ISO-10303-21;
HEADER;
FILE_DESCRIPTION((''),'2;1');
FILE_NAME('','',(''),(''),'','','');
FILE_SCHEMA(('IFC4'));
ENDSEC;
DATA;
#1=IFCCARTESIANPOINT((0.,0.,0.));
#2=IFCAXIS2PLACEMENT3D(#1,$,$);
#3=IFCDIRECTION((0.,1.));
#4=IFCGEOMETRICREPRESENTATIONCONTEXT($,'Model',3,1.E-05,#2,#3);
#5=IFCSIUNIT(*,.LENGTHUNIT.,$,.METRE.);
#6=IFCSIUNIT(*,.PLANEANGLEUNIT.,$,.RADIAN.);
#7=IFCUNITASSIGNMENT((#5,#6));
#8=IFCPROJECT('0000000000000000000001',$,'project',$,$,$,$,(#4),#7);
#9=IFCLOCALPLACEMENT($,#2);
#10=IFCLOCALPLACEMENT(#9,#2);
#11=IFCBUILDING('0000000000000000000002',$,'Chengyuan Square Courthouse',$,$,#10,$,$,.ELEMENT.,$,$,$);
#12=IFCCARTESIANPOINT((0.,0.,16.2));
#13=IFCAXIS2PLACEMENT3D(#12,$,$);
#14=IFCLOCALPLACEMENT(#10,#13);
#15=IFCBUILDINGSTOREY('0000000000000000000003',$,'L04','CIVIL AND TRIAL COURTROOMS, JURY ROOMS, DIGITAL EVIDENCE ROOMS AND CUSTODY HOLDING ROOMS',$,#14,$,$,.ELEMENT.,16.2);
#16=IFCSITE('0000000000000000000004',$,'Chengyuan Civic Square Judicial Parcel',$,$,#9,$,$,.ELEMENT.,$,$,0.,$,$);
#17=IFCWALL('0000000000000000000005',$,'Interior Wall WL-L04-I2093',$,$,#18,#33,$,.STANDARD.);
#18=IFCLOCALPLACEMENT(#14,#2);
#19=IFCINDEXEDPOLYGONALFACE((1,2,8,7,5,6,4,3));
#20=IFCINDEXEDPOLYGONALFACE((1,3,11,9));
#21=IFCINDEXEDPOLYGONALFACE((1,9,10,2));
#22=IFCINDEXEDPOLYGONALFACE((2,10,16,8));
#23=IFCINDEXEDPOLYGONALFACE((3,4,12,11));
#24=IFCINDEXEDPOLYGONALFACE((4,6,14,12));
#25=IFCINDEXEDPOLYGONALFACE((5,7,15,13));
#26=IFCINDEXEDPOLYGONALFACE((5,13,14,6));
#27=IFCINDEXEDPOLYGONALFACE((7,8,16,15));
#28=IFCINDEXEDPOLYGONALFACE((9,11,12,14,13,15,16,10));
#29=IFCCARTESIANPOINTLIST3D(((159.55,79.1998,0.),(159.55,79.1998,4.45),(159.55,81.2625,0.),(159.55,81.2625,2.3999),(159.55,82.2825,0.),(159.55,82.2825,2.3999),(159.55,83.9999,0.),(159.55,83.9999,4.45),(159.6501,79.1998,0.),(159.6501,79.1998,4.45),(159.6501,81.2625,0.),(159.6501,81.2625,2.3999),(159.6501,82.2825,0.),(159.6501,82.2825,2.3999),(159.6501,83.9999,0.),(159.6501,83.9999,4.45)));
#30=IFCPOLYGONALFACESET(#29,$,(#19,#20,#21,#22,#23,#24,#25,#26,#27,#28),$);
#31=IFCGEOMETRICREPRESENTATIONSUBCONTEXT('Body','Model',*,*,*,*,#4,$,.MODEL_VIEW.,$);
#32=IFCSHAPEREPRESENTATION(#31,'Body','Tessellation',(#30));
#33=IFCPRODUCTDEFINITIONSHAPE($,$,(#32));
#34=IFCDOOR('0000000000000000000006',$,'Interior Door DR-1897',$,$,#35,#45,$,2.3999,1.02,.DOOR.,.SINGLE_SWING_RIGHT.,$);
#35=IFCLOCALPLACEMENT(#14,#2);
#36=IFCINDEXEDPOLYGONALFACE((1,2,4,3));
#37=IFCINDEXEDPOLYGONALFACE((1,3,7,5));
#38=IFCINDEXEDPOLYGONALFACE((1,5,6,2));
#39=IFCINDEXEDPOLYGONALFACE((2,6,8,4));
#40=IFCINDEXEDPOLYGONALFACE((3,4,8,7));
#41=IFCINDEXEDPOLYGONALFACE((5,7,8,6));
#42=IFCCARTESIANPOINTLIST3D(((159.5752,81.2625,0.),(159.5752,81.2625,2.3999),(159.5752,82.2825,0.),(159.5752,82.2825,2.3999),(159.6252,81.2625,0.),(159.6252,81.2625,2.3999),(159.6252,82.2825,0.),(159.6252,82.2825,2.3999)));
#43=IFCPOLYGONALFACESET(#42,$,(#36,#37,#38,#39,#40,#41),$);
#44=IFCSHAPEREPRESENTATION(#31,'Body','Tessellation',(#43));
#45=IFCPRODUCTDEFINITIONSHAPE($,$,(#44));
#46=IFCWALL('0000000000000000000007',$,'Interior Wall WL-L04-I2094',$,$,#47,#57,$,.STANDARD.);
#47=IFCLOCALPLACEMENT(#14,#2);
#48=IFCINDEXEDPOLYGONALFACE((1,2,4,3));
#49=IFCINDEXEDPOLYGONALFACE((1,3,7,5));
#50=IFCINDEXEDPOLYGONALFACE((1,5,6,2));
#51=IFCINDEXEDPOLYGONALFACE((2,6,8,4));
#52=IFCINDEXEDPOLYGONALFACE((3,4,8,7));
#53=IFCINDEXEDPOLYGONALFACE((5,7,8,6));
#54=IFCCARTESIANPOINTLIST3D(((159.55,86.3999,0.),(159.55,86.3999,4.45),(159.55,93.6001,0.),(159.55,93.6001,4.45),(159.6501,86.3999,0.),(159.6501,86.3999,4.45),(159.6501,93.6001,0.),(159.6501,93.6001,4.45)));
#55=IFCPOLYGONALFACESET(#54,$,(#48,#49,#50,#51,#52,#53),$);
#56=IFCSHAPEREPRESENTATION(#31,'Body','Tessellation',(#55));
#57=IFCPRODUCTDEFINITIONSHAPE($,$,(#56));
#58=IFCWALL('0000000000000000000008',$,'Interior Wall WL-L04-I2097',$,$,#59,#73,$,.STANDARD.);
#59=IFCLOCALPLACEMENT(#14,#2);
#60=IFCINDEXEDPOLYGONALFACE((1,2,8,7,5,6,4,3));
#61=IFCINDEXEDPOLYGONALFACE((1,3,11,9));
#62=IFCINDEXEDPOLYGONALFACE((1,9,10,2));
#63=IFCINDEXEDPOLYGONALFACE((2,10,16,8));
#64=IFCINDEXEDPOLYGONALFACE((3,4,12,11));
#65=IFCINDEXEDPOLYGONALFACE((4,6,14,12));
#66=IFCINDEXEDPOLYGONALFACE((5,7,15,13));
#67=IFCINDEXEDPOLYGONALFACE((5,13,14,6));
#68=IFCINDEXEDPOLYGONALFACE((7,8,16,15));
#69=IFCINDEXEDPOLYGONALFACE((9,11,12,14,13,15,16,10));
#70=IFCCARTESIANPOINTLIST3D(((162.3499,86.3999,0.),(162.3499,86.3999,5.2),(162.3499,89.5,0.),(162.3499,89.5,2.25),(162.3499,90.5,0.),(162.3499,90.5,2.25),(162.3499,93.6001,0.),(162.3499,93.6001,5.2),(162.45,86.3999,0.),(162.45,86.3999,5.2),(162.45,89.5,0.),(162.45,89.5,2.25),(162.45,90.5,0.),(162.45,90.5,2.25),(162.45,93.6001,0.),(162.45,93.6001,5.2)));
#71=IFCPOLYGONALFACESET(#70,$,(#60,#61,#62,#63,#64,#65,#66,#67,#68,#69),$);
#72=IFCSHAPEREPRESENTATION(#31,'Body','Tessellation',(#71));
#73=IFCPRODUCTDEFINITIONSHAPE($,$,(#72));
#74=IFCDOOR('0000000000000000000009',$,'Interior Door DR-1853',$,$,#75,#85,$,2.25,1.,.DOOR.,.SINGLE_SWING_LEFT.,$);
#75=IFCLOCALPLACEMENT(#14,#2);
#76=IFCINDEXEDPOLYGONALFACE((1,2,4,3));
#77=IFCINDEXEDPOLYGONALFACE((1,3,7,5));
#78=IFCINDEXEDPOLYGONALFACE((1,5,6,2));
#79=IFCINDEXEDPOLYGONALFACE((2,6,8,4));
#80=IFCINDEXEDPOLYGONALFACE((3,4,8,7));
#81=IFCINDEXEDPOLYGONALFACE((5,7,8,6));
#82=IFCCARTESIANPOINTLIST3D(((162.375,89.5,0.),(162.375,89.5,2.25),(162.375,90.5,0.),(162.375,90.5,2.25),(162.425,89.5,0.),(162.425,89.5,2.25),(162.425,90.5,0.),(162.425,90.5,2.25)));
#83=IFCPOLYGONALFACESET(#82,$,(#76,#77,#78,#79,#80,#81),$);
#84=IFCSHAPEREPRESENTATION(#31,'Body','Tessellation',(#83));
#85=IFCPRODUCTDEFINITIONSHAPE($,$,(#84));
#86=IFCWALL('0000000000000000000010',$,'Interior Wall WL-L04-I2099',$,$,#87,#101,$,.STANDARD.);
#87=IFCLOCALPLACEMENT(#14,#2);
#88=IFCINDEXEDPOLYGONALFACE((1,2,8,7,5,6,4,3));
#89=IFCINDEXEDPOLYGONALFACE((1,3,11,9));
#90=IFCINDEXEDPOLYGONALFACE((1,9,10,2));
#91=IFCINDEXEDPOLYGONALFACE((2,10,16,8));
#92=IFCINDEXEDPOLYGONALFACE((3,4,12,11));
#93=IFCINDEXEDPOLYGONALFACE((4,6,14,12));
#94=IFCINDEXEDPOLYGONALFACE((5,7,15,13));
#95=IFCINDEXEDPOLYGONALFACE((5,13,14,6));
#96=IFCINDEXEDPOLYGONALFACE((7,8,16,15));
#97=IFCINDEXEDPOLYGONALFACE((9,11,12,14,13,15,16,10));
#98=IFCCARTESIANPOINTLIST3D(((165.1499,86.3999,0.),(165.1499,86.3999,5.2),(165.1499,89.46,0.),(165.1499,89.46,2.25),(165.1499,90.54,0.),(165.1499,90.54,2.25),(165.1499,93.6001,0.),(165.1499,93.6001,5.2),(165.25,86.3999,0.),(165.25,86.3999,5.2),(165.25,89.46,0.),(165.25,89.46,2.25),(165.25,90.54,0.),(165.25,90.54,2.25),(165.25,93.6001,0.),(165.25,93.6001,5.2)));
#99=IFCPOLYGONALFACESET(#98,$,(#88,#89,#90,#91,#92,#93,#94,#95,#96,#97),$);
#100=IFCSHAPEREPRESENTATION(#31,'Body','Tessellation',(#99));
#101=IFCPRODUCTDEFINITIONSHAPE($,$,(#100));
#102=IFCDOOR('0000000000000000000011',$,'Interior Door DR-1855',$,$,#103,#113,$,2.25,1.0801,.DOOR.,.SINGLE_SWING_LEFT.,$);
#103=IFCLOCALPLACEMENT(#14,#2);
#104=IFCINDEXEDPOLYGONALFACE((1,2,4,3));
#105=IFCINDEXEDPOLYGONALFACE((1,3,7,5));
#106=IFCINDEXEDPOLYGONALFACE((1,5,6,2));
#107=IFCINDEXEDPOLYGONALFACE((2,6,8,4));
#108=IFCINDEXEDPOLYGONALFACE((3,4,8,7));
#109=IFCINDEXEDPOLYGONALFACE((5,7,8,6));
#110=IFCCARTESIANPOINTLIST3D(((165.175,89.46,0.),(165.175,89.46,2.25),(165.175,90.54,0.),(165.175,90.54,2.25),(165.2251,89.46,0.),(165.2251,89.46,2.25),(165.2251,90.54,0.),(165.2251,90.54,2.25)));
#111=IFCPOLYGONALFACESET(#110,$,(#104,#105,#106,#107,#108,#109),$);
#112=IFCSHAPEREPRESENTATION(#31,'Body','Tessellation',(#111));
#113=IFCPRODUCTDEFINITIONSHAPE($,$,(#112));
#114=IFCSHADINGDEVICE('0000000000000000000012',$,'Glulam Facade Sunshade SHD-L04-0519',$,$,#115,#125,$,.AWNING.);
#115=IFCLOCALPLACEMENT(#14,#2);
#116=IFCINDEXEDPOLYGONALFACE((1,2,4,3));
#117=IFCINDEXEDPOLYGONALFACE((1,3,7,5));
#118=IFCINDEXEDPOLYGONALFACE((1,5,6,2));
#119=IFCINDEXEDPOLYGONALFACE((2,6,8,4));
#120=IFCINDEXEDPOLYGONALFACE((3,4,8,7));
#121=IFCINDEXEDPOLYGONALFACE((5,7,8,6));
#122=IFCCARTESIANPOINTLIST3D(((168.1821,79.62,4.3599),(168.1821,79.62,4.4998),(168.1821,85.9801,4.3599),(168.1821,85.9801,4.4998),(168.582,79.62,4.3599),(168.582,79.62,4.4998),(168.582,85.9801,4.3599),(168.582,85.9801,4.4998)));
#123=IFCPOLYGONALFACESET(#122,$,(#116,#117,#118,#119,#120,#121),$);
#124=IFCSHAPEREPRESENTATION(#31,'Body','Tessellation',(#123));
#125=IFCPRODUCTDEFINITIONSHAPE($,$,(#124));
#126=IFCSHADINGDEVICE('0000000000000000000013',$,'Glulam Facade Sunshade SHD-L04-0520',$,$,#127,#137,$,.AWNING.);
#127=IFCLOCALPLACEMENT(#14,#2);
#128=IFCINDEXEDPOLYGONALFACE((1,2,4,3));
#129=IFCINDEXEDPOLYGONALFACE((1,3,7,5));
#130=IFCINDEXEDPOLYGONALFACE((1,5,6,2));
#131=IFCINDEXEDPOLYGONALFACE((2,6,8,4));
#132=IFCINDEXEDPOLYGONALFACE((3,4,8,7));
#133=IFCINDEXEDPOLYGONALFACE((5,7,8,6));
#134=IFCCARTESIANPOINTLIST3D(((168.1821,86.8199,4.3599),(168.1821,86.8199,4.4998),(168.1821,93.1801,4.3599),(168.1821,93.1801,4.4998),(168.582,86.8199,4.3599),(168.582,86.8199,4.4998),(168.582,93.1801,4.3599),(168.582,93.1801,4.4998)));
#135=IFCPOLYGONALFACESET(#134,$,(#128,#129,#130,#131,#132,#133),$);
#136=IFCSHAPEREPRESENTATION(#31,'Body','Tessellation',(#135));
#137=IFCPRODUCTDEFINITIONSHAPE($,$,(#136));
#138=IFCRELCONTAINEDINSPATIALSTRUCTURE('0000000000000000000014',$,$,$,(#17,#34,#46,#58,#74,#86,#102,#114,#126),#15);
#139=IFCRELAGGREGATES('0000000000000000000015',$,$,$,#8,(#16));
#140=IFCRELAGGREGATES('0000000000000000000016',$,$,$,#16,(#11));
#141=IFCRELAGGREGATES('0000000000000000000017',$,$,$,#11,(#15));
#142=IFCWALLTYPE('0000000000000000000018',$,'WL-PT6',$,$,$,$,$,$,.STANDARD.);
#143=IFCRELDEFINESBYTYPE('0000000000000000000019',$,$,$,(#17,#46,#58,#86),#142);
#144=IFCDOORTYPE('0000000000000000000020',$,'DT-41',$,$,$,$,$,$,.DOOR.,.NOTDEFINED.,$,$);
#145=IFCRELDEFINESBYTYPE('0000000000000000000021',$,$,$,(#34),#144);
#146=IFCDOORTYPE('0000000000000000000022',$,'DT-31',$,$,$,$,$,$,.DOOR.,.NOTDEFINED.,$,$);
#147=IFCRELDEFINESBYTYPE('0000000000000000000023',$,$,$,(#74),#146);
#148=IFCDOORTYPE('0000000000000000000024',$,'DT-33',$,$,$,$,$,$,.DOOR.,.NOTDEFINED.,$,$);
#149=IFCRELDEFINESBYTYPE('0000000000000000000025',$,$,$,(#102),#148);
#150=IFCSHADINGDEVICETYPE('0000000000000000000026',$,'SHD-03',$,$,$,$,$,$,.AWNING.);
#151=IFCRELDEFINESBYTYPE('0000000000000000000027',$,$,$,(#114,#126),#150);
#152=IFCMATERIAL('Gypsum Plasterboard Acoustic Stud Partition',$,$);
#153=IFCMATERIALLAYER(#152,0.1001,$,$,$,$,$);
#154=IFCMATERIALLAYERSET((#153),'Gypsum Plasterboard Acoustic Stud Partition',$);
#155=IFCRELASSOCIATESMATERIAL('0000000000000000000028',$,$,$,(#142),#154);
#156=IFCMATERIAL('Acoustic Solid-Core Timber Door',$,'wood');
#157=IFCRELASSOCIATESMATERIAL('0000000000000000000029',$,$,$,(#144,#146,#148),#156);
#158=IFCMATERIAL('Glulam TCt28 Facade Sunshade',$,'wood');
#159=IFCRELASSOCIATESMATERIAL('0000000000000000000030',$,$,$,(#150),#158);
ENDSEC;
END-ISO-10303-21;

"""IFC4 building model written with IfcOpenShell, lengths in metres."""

from ifc_helpers import new_model, si_unit, direction, frame, frame_2d, origin, origin_2d, place, context, subcontext, project, spatial, rectangle, extrude, material, layer, layer_set, type_object, element, fill, save


model = new_model("IFC4")

# Units and contexts
model_context = context("Model", 3, precision=1e-05, world=origin(), true_north=direction((0.0, 1.0)))
body_context = subcontext(model_context, "Body", "Model", "MODEL_VIEW")
ifc_project = project(units=[si_unit("LENGTHUNIT", "METRE"), si_unit("PLANEANGLEUNIT", "RADIAN")], contexts=[model_context])

# Site, building, storey
site_placement = place(None, origin())
site = spatial("IfcSite", under=ifc_project, at=site_placement, Name="Chengyuan Civic Square Judicial Parcel", CompositionType="ELEMENT", RefElevation=0.0)
building_placement = place(site_placement, origin())
building = spatial("IfcBuilding", under=site, at=building_placement, Name="Chengyuan Square Courthouse", CompositionType="ELEMENT")
storey_placement = place(building_placement, frame((0.0, 0.0, 16.2)))
storey = spatial("IfcBuildingStorey", under=building, at=storey_placement, Name="L04", Description="CIVIL AND TRIAL COURTROOMS, JURY ROOMS, DIGITAL EVIDENCE ROOMS AND CUSTODY HOLDING ROOMS", CompositionType="ELEMENT", Elevation=16.2)

# Wall, opening, door
ifc_material_1 = material(Name="Gypsum Plasterboard Acoustic Stud Partition")
ifc_layer_1 = layer(ifc_material_1, 0.1001)
ifc_layer_set_1 = layer_set([ifc_layer_1], Name="Gypsum Plasterboard Acoustic Stud Partition")
wall_type_1 = type_object("IfcWallType", Name="WL-PT6", PredefinedType="STANDARD", material=ifc_layer_set_1)
wall_1_placement = place(storey_placement, frame((159.6001, 79.2, 0.0), z_axis=(0.0, 0.0, 1.0), x_axis=(0.0, 1.0, 0.0)))
wall_1 = element("IfcWall", 1, at=wall_1_placement, inside=storey, type_object=wall_type_1, Name="Interior Wall WL-L04-I2093", PredefinedType="STANDARD", context=body_context, shape_type="SweptSolid", body=[
    extrude(rectangle(XDim=4.8, YDim=0.1001, at=frame_2d((2.3999, 0.0))), origin(), (0.0, 0.0, 1.0), 4.45),
])
opening_1_placement = place(wall_1_placement, frame((2.0625, 0.0, 0.0)))
opening_1 = element("IfcOpeningElement", 2, at=opening_1_placement, cuts=wall_1, PredefinedType="OPENING", context=body_context, shape_type="SweptSolid", body=[
    extrude(rectangle(XDim=1.02, YDim=2.3999, at=frame_2d((0.51, 1.2))), frame((0.0, 0.062, 0.0), z_axis=(0.0, -1.0, 0.0), x_axis=(1.0, 0.0, 0.0)), (0.0, 0.0, 1.0), 0.124),
])
ifc_material_2 = material(Name="Acoustic Solid-Core Timber Door", Category="wood")
door_type_1 = type_object("IfcDoorType", Name="DT-41", OperationType="NOTDEFINED", PredefinedType="DOOR", material=ifc_material_2)
door_1_placement = place(opening_1_placement, origin())
door_1 = element("IfcDoor", 3, at=door_1_placement, inside=storey, type_object=door_type_1, Name="Interior Door DR-1897", OperationType="SINGLE_SWING_RIGHT", OverallHeight=2.3999, OverallWidth=1.02, PredefinedType="DOOR", context=body_context, shape_type="SweptSolid", body=[
    extrude(rectangle(XDim=1.02, YDim=2.3999, at=frame_2d((0.51, 1.2))), frame((0.0, 0.0249, 0.0), z_axis=(0.0, -1.0, 0.0), x_axis=(1.0, 0.0, 0.0)), (0.0, 0.0, 1.0), 0.05),
])
fill(opening_1, door_1)

# Wall
wall_2_placement = place(storey_placement, frame((159.6001, 86.3999, 0.0), z_axis=(0.0, 0.0, 1.0), x_axis=(0.0, 1.0, 0.0)))
element("IfcWall", 4, at=wall_2_placement, inside=storey, type_object=wall_type_1, Name="Interior Wall WL-L04-I2094", PredefinedType="STANDARD", context=body_context, shape_type="SweptSolid", body=[
    extrude(rectangle(XDim=7.2002, YDim=0.1001, at=frame_2d((3.6001, 0.0))), origin(), (0.0, 0.0, 1.0), 4.45),
])

# Walls, openings, doors
wall_3_placement = place(storey_placement, frame((162.3999, 86.3999, 0.0), z_axis=(0.0, 0.0, 1.0), x_axis=(0.0, 1.0, 0.0)))
wall_3 = element("IfcWall", 5, at=wall_3_placement, inside=storey, type_object=wall_type_1, Name="Interior Wall WL-L04-I2097", PredefinedType="STANDARD", context=body_context, shape_type="SweptSolid", body=[
    extrude(rectangle(XDim=7.2002, YDim=0.1001, at=frame_2d((3.6001, 0.0))), origin(), (0.0, 0.0, 1.0), 5.2),
])
opening_2_placement = place(wall_3_placement, frame((3.1001, 0.0, 0.0)))
opening_2 = element("IfcOpeningElement", 6, at=opening_2_placement, cuts=wall_3, PredefinedType="OPENING", context=body_context, shape_type="SweptSolid", body=[
    extrude(rectangle(XDim=1.0, YDim=2.25, at=frame_2d((0.5, 1.125))), frame((0.0, 0.062, 0.0), z_axis=(0.0, -1.0, 0.0), x_axis=(1.0, 0.0, 0.0)), (0.0, 0.0, 1.0), 0.124),
])
door_type_2 = type_object("IfcDoorType", Name="DT-31", OperationType="NOTDEFINED", PredefinedType="DOOR", material=ifc_material_2)
door_2_placement = place(opening_2_placement, origin())
door_2 = element("IfcDoor", 7, at=door_2_placement, inside=storey, type_object=door_type_2, Name="Interior Door DR-1853", OperationType="SINGLE_SWING_LEFT", OverallHeight=2.25, OverallWidth=1.0, PredefinedType="DOOR", context=body_context, shape_type="SweptSolid", body=[
    extrude(rectangle(XDim=1.0, YDim=2.25, at=frame_2d((0.5, 1.125))), frame((0.0, 0.0249, 0.0), z_axis=(0.0, -1.0, 0.0), x_axis=(1.0, 0.0, 0.0)), (0.0, 0.0, 1.0), 0.05),
])
fill(opening_2, door_2)
wall_4_placement = place(storey_placement, frame((165.2, 86.3999, 0.0), z_axis=(0.0, 0.0, 1.0), x_axis=(0.0, 1.0, 0.0)))
wall_4 = element("IfcWall", 8, at=wall_4_placement, inside=storey, type_object=wall_type_1, Name="Interior Wall WL-L04-I2099", PredefinedType="STANDARD", context=body_context, shape_type="SweptSolid", body=[
    extrude(rectangle(XDim=7.2002, YDim=0.1001, at=frame_2d((3.6001, 0.0))), origin(), (0.0, 0.0, 1.0), 5.2),
])
opening_3_placement = place(wall_4_placement, frame((3.0601, 0.0, 0.0)))
opening_3 = element("IfcOpeningElement", 9, at=opening_3_placement, cuts=wall_4, PredefinedType="OPENING", context=body_context, shape_type="SweptSolid", body=[
    extrude(rectangle(XDim=1.0801, YDim=2.25, at=frame_2d((0.54, 1.125))), frame((0.0, 0.062, 0.0), z_axis=(0.0, -1.0, 0.0), x_axis=(1.0, 0.0, 0.0)), (0.0, 0.0, 1.0), 0.124),
])
door_type_3 = type_object("IfcDoorType", Name="DT-33", OperationType="NOTDEFINED", PredefinedType="DOOR", material=ifc_material_2)
door_3_placement = place(opening_3_placement, origin())
door_3 = element("IfcDoor", 10, at=door_3_placement, inside=storey, type_object=door_type_3, Name="Interior Door DR-1855", OperationType="SINGLE_SWING_LEFT", OverallHeight=2.25, OverallWidth=1.0801, PredefinedType="DOOR", context=body_context, shape_type="SweptSolid", body=[
    extrude(rectangle(XDim=1.0801, YDim=2.25, at=frame_2d((0.54, 1.125))), frame((0.0, 0.0249, 0.0), z_axis=(0.0, -1.0, 0.0), x_axis=(1.0, 0.0, 0.0)), (0.0, 0.0, 1.0), 0.05),
])
fill(opening_3, door_3)

# Shading devices
ifc_material_3 = material(Name="Glulam TCt28 Facade Sunshade", Category="wood")
shading_device_type = type_object("IfcShadingDeviceType", Name="SHD-03", PredefinedType="AWNING", material=ifc_material_3)
for number, where, z_axis, x_axis, name in (
    (11, (168.3821, 82.8, 4.3599), (0.0, 0.0, 1.0), (0.0, 1.0, 0.0), "Glulam Facade Sunshade SHD-L04-0519"),
    (12, (168.3821, 90.0, 4.3599), (0.0, 0.0, 1.0), (0.0, 1.0, 0.0), "Glulam Facade Sunshade SHD-L04-0520"),
):
    element("IfcShadingDevice", number, at=place(storey_placement, frame(where, z_axis=z_axis, x_axis=x_axis)), inside=storey, type_object=shading_device_type, Name=name, PredefinedType="AWNING", context=body_context, shape_type="SweptSolid", body=[
        extrude(rectangle(XDim=6.3601, YDim=0.3999, at=origin_2d()), origin(), (0.0, 0.0, 1.0), 0.1399),
    ])

save(model, "model.ifc")
